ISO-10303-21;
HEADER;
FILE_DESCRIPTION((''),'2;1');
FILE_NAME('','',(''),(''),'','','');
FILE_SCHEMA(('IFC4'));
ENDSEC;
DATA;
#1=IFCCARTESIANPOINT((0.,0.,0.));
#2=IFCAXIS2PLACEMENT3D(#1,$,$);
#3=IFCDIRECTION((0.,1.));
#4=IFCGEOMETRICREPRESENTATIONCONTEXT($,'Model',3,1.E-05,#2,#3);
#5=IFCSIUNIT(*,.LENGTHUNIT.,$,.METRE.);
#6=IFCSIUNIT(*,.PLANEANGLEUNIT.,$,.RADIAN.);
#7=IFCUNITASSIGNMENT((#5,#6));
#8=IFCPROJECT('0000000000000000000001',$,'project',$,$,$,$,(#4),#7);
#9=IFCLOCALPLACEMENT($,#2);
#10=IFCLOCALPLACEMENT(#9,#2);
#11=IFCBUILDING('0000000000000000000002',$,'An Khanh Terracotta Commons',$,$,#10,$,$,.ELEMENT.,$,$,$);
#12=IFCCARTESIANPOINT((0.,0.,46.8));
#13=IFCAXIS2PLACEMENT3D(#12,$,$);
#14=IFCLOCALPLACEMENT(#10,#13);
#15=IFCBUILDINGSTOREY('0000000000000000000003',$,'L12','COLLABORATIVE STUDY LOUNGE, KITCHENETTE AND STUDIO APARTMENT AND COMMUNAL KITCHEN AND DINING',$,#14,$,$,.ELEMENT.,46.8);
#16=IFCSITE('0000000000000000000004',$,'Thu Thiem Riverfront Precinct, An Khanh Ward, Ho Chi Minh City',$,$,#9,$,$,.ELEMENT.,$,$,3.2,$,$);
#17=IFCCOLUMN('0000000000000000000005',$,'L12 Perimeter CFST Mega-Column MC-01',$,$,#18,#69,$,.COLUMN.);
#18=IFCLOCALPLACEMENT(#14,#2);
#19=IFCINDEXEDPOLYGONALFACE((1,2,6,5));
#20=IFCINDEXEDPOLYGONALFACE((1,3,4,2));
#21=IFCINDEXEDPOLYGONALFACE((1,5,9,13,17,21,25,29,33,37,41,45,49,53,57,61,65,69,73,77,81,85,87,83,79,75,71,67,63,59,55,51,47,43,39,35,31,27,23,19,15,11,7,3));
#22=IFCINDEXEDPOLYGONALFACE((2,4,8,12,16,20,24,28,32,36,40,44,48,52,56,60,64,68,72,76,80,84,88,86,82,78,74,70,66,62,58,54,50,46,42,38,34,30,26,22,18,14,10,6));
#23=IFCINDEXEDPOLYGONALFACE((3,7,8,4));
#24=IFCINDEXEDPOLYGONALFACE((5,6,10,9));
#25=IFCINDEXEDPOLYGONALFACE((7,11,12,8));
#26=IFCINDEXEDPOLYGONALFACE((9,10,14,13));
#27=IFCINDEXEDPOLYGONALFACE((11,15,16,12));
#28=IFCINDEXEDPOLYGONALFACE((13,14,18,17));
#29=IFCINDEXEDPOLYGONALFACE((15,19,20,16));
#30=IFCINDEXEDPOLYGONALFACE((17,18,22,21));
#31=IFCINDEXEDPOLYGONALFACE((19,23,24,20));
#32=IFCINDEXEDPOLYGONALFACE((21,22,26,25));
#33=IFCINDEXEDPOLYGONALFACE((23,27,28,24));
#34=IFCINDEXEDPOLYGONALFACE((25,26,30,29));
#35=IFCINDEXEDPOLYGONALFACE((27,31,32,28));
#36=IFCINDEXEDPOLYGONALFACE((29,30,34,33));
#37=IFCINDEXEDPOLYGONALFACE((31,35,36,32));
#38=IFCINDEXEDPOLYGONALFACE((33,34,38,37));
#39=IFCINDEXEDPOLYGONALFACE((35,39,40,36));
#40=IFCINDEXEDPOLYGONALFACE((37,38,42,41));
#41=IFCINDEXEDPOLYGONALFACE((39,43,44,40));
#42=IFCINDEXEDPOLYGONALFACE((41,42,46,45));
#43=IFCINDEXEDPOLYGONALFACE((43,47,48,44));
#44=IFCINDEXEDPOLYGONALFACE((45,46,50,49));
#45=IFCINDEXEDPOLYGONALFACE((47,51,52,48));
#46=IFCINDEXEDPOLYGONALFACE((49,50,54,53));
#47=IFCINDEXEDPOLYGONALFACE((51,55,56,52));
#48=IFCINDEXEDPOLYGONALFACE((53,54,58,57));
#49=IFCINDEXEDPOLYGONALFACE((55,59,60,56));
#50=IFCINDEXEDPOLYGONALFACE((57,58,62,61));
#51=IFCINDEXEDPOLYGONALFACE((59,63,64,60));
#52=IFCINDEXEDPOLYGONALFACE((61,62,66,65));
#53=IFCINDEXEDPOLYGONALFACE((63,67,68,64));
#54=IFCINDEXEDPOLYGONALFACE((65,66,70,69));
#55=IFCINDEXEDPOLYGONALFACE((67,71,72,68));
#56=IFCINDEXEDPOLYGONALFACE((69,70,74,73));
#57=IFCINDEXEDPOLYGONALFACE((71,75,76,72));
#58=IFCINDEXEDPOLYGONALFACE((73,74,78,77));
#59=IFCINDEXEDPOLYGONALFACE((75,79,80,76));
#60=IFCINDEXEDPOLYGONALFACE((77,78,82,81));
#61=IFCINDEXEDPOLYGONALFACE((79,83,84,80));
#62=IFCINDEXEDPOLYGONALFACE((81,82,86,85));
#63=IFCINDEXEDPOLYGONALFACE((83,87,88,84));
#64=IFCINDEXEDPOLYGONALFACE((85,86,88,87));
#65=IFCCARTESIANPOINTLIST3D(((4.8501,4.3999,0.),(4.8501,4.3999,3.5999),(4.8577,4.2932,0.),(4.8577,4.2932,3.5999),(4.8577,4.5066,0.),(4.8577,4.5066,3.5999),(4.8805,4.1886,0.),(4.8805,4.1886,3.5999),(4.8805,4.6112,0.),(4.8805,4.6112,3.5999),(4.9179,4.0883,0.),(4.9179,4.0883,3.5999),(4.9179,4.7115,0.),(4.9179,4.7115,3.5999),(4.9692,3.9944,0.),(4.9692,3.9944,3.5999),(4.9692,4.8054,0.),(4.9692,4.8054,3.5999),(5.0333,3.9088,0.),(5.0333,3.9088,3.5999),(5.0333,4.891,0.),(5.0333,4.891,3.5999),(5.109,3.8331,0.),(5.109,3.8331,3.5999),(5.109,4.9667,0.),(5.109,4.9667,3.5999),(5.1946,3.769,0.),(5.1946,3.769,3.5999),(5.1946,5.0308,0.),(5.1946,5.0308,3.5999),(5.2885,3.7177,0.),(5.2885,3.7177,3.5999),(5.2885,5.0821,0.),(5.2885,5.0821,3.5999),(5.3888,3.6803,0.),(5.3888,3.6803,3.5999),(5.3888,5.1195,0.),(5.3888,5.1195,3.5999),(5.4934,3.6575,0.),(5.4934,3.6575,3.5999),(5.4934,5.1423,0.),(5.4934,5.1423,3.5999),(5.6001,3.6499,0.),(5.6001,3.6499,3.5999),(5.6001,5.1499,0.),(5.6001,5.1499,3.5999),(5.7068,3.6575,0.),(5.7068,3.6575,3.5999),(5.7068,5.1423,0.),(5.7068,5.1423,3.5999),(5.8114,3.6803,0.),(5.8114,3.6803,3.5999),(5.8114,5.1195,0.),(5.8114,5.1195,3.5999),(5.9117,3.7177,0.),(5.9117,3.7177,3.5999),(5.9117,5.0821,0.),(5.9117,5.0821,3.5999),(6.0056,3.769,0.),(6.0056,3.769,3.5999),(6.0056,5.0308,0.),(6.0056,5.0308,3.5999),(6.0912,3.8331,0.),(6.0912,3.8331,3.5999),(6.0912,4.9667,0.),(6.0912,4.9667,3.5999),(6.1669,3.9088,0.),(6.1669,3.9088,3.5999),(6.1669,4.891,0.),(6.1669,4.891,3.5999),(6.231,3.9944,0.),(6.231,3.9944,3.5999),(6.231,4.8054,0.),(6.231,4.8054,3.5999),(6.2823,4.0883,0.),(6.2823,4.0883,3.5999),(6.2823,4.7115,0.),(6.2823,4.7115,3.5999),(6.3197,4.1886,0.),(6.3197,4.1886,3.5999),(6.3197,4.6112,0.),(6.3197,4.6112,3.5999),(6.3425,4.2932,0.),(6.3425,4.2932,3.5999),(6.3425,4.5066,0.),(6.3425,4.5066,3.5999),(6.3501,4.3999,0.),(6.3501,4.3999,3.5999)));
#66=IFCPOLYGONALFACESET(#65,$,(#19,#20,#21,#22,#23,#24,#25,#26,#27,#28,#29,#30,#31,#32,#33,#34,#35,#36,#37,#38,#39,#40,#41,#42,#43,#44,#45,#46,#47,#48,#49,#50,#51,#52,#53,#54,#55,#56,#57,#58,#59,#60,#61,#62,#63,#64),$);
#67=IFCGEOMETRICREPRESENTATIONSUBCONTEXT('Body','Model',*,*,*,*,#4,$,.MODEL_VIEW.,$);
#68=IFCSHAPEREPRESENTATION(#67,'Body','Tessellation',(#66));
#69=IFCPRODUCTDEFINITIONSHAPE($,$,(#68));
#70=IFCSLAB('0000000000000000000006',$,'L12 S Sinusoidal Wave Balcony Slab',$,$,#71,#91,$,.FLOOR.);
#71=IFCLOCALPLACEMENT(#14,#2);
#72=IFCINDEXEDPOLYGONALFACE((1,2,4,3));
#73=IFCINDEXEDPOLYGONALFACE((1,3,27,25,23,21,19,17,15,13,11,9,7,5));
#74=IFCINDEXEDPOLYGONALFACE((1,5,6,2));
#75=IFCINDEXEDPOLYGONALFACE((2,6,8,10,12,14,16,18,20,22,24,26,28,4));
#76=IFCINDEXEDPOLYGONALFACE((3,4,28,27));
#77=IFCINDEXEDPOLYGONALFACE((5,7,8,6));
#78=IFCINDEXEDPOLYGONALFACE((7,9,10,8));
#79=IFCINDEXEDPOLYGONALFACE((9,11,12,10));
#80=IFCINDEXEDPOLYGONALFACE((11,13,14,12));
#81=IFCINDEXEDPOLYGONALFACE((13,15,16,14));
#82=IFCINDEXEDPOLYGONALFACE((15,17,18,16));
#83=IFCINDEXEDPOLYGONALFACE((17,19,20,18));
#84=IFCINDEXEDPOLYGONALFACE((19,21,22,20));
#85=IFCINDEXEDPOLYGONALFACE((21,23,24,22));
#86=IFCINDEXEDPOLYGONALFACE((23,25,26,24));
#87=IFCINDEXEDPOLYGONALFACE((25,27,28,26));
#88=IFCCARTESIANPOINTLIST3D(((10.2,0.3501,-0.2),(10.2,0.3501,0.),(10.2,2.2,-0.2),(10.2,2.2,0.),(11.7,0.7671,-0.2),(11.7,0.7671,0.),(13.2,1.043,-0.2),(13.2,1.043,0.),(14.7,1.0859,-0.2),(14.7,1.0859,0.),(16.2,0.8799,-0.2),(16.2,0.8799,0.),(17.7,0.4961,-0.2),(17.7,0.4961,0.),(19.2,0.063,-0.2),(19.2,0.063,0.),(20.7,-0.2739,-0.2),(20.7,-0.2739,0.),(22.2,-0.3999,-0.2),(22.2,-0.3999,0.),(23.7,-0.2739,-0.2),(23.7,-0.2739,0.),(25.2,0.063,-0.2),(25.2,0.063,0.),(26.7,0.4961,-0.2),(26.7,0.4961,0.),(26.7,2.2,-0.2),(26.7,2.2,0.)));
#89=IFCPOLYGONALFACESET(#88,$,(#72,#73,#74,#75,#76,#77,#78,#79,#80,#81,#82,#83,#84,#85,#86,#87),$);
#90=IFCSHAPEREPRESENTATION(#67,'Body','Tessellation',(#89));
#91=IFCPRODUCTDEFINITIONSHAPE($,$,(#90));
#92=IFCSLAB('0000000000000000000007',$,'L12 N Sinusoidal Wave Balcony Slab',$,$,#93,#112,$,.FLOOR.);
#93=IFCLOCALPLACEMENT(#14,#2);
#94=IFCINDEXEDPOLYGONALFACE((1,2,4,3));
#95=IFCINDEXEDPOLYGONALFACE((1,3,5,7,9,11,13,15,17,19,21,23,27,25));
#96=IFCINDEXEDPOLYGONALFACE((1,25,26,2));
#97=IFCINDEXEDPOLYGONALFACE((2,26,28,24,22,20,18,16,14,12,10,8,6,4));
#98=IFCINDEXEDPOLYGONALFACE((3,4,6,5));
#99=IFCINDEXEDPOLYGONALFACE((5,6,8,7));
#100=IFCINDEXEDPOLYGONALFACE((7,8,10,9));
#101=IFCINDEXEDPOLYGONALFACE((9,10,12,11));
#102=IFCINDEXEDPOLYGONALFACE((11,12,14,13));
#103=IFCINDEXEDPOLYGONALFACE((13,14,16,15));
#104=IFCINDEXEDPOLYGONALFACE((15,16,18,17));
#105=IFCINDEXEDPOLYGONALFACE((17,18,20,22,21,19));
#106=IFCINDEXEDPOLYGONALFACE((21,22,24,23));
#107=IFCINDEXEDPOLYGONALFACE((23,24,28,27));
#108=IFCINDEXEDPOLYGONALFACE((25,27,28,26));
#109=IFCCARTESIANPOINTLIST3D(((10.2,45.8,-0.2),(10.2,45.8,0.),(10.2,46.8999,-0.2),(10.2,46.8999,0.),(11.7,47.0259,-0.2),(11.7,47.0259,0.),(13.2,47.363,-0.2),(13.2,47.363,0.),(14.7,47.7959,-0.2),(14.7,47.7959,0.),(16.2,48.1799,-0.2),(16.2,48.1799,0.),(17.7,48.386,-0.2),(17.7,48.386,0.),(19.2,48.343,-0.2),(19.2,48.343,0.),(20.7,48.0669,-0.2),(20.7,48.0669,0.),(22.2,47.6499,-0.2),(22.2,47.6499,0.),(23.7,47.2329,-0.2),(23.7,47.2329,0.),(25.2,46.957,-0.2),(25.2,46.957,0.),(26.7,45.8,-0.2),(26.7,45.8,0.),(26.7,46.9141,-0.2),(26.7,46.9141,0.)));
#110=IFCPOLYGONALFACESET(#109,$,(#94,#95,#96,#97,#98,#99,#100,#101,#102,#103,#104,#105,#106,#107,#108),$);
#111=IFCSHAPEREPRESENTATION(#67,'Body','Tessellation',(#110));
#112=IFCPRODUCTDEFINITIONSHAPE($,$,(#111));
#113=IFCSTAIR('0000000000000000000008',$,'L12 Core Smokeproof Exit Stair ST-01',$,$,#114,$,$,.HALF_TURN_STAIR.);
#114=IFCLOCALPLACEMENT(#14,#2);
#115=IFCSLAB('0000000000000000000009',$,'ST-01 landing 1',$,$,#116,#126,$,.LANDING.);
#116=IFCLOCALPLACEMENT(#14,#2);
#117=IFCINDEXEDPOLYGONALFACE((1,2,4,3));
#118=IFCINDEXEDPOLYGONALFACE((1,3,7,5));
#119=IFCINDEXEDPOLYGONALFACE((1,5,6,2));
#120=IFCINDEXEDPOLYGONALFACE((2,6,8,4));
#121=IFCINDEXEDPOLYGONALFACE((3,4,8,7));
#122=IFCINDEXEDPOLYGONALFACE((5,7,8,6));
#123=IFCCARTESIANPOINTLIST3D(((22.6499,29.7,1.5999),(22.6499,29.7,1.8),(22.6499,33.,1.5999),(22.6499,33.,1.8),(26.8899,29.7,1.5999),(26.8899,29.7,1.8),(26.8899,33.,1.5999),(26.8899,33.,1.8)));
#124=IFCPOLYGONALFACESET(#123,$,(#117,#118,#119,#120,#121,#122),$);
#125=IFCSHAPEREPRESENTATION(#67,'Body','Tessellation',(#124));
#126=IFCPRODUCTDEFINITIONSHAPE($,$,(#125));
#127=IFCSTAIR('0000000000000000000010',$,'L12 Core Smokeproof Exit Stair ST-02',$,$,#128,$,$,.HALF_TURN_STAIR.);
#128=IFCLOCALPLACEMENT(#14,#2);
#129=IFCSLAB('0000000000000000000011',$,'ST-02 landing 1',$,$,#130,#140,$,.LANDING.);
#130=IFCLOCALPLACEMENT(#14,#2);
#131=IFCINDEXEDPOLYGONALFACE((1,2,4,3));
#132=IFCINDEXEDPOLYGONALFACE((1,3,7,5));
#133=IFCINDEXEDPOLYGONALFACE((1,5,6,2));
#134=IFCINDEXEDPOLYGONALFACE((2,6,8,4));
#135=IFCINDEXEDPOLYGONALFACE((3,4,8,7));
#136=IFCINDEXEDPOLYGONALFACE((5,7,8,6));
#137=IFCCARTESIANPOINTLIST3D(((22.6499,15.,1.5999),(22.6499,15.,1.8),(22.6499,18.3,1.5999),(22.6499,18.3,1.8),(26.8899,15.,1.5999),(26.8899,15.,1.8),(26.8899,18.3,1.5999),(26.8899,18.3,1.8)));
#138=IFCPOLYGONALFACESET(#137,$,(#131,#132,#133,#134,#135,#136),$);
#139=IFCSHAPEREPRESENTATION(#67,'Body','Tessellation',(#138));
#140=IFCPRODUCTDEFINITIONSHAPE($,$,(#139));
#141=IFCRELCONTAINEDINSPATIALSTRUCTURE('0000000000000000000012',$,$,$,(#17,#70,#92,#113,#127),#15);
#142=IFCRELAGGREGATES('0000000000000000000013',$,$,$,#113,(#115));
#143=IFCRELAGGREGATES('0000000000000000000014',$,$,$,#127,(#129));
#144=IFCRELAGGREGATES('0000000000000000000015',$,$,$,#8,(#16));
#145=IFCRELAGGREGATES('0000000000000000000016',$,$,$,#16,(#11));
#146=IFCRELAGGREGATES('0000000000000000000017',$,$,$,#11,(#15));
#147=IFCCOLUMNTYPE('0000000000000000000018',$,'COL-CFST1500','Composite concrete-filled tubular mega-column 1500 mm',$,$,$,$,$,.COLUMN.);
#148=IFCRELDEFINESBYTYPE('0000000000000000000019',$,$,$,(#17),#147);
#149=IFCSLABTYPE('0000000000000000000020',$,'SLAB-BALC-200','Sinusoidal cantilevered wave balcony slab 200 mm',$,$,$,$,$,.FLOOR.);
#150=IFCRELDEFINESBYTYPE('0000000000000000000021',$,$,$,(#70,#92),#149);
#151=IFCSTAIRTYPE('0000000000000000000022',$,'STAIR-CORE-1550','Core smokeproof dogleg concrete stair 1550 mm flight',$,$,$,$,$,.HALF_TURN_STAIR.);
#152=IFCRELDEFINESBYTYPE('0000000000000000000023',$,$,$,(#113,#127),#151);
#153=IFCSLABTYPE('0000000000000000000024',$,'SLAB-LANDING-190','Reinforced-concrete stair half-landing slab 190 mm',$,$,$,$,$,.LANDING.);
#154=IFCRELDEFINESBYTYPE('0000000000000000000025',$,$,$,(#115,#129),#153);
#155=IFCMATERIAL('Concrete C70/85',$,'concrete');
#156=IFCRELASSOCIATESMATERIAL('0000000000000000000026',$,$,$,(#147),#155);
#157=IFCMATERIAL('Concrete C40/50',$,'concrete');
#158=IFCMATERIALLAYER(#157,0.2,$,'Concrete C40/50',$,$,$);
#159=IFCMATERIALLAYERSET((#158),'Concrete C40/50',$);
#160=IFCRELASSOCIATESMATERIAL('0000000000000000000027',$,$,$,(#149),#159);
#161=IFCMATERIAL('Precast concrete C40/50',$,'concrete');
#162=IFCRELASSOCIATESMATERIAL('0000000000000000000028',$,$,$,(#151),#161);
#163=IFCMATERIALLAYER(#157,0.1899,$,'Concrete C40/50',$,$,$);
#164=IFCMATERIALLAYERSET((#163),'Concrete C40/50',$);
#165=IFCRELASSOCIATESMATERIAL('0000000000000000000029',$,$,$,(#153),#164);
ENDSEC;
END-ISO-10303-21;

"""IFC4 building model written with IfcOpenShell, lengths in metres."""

from ifc_helpers import new_model, si_unit, direction, frame, origin, origin_2d, place, context, subcontext, project, spatial, polyline, circle, outline, extrude, material, layer, layer_set, material_profile, profile_set, type_object, element, aggregate, save


model = new_model("IFC4")

# Units and contexts
model_context = context("Model", 3, precision=1e-05, world=origin(), true_north=direction((0.0, 1.0)))
body_context = subcontext(model_context, "Body", "Model", "MODEL_VIEW")
ifc_project = project(units=[si_unit("LENGTHUNIT", "METRE"), si_unit("PLANEANGLEUNIT", "RADIAN")], contexts=[model_context])

# Site, building, storey
site_placement = place(None, origin())
site = spatial("IfcSite", under=ifc_project, at=site_placement, Name="Thu Thiem Riverfront Precinct, An Khanh Ward, Ho Chi Minh City", CompositionType="ELEMENT", RefElevation=3.2)
building_placement = place(site_placement, origin())
building = spatial("IfcBuilding", under=site, at=building_placement, Name="An Khanh Terracotta Commons", CompositionType="ELEMENT")
storey_placement = place(building_placement, frame((0.0, 0.0, 46.8)))
storey = spatial("IfcBuildingStorey", under=building, at=storey_placement, Name="L12", Description="COLLABORATIVE STUDY LOUNGE, KITCHENETTE AND STUDIO APARTMENT AND COMMUNAL KITCHEN AND DINING", CompositionType="ELEMENT", Elevation=46.8)

# Column
ifc_material_1 = material(Name="Concrete C70/85", Category="concrete")
ifc_material_profile = material_profile(ifc_material_1, circle(Radius=0.75, at=origin_2d()), Name="CFST1500")
ifc_profile_set = profile_set([ifc_material_profile], Name="Concrete C70/85")
column_type = type_object("IfcColumnType", Name="COL-CFST1500", Description="Composite concrete-filled tubular mega-column 1500 mm", PredefinedType="COLUMN", material=ifc_profile_set)
column_placement = place(storey_placement, frame((5.6001, 4.3999, 0.0), z_axis=(0.0, 0.0, 1.0), x_axis=(1.0, 0.0, 0.0)))
element("IfcColumn", 1, at=column_placement, inside=storey, type_object=column_type, Name="L12 Perimeter CFST Mega-Column MC-01", PredefinedType="COLUMN", context=body_context, shape_type="SweptSolid", body=[
    extrude(circle(Radius=0.75, at=origin_2d()), origin(), (0.0, 0.0, 1.0), 3.5999),
])

# Slabs
ifc_material_2 = material(Name="Concrete C40/50", Category="concrete")
ifc_layer_1 = layer(ifc_material_2, 0.2, Name="Concrete C40/50")
ifc_layer_set_1 = layer_set([ifc_layer_1], Name="Concrete C40/50")
slab_type_1 = type_object("IfcSlabType", Name="SLAB-BALC-200", Description="Sinusoidal cantilevered wave balcony slab 200 mm", PredefinedType="FLOOR", material=ifc_layer_set_1)
slab_1_placement = place(storey_placement, frame((0.0, 0.0, -0.2)))
element("IfcSlab", 2, at=slab_1_placement, inside=storey, type_object=slab_type_1, Name="L12 S Sinusoidal Wave Balcony Slab", PredefinedType="FLOOR", context=body_context, shape_type="SweptSolid", body=[
    extrude(outline(polyline([(10.2, 2.2), (10.2, 0.3501), (11.7, 0.7671), (13.2, 1.043), (14.7, 1.0859), (16.2, 0.8799), (17.7, 0.4961), (19.2, 0.063), (20.7, -0.2739), (22.2, -0.3999), (23.7, -0.2739), (25.2, 0.063), (26.7, 0.4961), (26.7, 2.2), (10.2, 2.2)])), origin(), (0.0, 0.0, 1.0), 0.2),
])
slab_2_placement = place(storey_placement, frame((0.0, 0.0, -0.2)))
element("IfcSlab", 3, at=slab_2_placement, inside=storey, type_object=slab_type_1, Name="L12 N Sinusoidal Wave Balcony Slab", PredefinedType="FLOOR", context=body_context, shape_type="SweptSolid", body=[
    extrude(outline(polyline([(26.7, 45.8), (26.7, 46.9141), (25.2, 46.957), (23.7, 47.2329), (22.2, 47.6499), (20.7, 48.0669), (19.2, 48.343), (17.7, 48.386), (16.2, 48.1799), (14.7, 47.7959), (13.2, 47.363), (11.7, 47.0259), (10.2, 46.8999), (10.2, 45.8), (26.7, 45.8)])), origin(), (0.0, 0.0, 1.0), 0.2),
])

# Stairs, slabs
ifc_material_3 = material(Name="Precast concrete C40/50", Category="concrete")
stair_type = type_object("IfcStairType", Name="STAIR-CORE-1550", Description="Core smokeproof dogleg concrete stair 1550 mm flight", PredefinedType="HALF_TURN_STAIR", material=ifc_material_3)
stair_1_placement = place(storey_placement, origin())
stair_1 = element("IfcStair", 4, at=stair_1_placement, inside=storey, type_object=stair_type, Name="L12 Core Smokeproof Exit Stair ST-01", PredefinedType="HALF_TURN_STAIR")
ifc_layer_2 = layer(ifc_material_2, 0.1899, Name="Concrete C40/50")
ifc_layer_set_2 = layer_set([ifc_layer_2], Name="Concrete C40/50")
slab_type_2 = type_object("IfcSlabType", Name="SLAB-LANDING-190", Description="Reinforced-concrete stair half-landing slab 190 mm", PredefinedType="LANDING", material=ifc_layer_set_2)
slab_3_placement = place(storey_placement, frame((0.0, 0.0, 1.5999)))
slab_3 = element("IfcSlab", 5, at=slab_3_placement, type_object=slab_type_2, Name="ST-01 landing 1", PredefinedType="LANDING", context=body_context, shape_type="SweptSolid", body=[
    extrude(outline(polyline([(26.8899, 33.0), (22.6499, 33.0), (22.6499, 29.7), (26.8899, 29.7), (26.8899, 33.0)])), origin(), (0.0, 0.0, 1.0), 0.2002),
])
aggregate(stair_1, [slab_3])
stair_2_placement = place(storey_placement, origin())
stair_2 = element("IfcStair", 6, at=stair_2_placement, inside=storey, type_object=stair_type, Name="L12 Core Smokeproof Exit Stair ST-02", PredefinedType="HALF_TURN_STAIR")
slab_4_placement = place(storey_placement, frame((0.0, 0.0, 1.5999)))
slab_4 = element("IfcSlab", 7, at=slab_4_placement, type_object=slab_type_2, Name="ST-02 landing 1", PredefinedType="LANDING", context=body_context, shape_type="SweptSolid", body=[
    extrude(outline(polyline([(26.8899, 18.3), (22.6499, 18.3), (22.6499, 15.0), (26.8899, 15.0), (26.8899, 18.3)])), origin(), (0.0, 0.0, 1.0), 0.2002),
])
aggregate(stair_2, [slab_4])

save(model, "model.ifc")
